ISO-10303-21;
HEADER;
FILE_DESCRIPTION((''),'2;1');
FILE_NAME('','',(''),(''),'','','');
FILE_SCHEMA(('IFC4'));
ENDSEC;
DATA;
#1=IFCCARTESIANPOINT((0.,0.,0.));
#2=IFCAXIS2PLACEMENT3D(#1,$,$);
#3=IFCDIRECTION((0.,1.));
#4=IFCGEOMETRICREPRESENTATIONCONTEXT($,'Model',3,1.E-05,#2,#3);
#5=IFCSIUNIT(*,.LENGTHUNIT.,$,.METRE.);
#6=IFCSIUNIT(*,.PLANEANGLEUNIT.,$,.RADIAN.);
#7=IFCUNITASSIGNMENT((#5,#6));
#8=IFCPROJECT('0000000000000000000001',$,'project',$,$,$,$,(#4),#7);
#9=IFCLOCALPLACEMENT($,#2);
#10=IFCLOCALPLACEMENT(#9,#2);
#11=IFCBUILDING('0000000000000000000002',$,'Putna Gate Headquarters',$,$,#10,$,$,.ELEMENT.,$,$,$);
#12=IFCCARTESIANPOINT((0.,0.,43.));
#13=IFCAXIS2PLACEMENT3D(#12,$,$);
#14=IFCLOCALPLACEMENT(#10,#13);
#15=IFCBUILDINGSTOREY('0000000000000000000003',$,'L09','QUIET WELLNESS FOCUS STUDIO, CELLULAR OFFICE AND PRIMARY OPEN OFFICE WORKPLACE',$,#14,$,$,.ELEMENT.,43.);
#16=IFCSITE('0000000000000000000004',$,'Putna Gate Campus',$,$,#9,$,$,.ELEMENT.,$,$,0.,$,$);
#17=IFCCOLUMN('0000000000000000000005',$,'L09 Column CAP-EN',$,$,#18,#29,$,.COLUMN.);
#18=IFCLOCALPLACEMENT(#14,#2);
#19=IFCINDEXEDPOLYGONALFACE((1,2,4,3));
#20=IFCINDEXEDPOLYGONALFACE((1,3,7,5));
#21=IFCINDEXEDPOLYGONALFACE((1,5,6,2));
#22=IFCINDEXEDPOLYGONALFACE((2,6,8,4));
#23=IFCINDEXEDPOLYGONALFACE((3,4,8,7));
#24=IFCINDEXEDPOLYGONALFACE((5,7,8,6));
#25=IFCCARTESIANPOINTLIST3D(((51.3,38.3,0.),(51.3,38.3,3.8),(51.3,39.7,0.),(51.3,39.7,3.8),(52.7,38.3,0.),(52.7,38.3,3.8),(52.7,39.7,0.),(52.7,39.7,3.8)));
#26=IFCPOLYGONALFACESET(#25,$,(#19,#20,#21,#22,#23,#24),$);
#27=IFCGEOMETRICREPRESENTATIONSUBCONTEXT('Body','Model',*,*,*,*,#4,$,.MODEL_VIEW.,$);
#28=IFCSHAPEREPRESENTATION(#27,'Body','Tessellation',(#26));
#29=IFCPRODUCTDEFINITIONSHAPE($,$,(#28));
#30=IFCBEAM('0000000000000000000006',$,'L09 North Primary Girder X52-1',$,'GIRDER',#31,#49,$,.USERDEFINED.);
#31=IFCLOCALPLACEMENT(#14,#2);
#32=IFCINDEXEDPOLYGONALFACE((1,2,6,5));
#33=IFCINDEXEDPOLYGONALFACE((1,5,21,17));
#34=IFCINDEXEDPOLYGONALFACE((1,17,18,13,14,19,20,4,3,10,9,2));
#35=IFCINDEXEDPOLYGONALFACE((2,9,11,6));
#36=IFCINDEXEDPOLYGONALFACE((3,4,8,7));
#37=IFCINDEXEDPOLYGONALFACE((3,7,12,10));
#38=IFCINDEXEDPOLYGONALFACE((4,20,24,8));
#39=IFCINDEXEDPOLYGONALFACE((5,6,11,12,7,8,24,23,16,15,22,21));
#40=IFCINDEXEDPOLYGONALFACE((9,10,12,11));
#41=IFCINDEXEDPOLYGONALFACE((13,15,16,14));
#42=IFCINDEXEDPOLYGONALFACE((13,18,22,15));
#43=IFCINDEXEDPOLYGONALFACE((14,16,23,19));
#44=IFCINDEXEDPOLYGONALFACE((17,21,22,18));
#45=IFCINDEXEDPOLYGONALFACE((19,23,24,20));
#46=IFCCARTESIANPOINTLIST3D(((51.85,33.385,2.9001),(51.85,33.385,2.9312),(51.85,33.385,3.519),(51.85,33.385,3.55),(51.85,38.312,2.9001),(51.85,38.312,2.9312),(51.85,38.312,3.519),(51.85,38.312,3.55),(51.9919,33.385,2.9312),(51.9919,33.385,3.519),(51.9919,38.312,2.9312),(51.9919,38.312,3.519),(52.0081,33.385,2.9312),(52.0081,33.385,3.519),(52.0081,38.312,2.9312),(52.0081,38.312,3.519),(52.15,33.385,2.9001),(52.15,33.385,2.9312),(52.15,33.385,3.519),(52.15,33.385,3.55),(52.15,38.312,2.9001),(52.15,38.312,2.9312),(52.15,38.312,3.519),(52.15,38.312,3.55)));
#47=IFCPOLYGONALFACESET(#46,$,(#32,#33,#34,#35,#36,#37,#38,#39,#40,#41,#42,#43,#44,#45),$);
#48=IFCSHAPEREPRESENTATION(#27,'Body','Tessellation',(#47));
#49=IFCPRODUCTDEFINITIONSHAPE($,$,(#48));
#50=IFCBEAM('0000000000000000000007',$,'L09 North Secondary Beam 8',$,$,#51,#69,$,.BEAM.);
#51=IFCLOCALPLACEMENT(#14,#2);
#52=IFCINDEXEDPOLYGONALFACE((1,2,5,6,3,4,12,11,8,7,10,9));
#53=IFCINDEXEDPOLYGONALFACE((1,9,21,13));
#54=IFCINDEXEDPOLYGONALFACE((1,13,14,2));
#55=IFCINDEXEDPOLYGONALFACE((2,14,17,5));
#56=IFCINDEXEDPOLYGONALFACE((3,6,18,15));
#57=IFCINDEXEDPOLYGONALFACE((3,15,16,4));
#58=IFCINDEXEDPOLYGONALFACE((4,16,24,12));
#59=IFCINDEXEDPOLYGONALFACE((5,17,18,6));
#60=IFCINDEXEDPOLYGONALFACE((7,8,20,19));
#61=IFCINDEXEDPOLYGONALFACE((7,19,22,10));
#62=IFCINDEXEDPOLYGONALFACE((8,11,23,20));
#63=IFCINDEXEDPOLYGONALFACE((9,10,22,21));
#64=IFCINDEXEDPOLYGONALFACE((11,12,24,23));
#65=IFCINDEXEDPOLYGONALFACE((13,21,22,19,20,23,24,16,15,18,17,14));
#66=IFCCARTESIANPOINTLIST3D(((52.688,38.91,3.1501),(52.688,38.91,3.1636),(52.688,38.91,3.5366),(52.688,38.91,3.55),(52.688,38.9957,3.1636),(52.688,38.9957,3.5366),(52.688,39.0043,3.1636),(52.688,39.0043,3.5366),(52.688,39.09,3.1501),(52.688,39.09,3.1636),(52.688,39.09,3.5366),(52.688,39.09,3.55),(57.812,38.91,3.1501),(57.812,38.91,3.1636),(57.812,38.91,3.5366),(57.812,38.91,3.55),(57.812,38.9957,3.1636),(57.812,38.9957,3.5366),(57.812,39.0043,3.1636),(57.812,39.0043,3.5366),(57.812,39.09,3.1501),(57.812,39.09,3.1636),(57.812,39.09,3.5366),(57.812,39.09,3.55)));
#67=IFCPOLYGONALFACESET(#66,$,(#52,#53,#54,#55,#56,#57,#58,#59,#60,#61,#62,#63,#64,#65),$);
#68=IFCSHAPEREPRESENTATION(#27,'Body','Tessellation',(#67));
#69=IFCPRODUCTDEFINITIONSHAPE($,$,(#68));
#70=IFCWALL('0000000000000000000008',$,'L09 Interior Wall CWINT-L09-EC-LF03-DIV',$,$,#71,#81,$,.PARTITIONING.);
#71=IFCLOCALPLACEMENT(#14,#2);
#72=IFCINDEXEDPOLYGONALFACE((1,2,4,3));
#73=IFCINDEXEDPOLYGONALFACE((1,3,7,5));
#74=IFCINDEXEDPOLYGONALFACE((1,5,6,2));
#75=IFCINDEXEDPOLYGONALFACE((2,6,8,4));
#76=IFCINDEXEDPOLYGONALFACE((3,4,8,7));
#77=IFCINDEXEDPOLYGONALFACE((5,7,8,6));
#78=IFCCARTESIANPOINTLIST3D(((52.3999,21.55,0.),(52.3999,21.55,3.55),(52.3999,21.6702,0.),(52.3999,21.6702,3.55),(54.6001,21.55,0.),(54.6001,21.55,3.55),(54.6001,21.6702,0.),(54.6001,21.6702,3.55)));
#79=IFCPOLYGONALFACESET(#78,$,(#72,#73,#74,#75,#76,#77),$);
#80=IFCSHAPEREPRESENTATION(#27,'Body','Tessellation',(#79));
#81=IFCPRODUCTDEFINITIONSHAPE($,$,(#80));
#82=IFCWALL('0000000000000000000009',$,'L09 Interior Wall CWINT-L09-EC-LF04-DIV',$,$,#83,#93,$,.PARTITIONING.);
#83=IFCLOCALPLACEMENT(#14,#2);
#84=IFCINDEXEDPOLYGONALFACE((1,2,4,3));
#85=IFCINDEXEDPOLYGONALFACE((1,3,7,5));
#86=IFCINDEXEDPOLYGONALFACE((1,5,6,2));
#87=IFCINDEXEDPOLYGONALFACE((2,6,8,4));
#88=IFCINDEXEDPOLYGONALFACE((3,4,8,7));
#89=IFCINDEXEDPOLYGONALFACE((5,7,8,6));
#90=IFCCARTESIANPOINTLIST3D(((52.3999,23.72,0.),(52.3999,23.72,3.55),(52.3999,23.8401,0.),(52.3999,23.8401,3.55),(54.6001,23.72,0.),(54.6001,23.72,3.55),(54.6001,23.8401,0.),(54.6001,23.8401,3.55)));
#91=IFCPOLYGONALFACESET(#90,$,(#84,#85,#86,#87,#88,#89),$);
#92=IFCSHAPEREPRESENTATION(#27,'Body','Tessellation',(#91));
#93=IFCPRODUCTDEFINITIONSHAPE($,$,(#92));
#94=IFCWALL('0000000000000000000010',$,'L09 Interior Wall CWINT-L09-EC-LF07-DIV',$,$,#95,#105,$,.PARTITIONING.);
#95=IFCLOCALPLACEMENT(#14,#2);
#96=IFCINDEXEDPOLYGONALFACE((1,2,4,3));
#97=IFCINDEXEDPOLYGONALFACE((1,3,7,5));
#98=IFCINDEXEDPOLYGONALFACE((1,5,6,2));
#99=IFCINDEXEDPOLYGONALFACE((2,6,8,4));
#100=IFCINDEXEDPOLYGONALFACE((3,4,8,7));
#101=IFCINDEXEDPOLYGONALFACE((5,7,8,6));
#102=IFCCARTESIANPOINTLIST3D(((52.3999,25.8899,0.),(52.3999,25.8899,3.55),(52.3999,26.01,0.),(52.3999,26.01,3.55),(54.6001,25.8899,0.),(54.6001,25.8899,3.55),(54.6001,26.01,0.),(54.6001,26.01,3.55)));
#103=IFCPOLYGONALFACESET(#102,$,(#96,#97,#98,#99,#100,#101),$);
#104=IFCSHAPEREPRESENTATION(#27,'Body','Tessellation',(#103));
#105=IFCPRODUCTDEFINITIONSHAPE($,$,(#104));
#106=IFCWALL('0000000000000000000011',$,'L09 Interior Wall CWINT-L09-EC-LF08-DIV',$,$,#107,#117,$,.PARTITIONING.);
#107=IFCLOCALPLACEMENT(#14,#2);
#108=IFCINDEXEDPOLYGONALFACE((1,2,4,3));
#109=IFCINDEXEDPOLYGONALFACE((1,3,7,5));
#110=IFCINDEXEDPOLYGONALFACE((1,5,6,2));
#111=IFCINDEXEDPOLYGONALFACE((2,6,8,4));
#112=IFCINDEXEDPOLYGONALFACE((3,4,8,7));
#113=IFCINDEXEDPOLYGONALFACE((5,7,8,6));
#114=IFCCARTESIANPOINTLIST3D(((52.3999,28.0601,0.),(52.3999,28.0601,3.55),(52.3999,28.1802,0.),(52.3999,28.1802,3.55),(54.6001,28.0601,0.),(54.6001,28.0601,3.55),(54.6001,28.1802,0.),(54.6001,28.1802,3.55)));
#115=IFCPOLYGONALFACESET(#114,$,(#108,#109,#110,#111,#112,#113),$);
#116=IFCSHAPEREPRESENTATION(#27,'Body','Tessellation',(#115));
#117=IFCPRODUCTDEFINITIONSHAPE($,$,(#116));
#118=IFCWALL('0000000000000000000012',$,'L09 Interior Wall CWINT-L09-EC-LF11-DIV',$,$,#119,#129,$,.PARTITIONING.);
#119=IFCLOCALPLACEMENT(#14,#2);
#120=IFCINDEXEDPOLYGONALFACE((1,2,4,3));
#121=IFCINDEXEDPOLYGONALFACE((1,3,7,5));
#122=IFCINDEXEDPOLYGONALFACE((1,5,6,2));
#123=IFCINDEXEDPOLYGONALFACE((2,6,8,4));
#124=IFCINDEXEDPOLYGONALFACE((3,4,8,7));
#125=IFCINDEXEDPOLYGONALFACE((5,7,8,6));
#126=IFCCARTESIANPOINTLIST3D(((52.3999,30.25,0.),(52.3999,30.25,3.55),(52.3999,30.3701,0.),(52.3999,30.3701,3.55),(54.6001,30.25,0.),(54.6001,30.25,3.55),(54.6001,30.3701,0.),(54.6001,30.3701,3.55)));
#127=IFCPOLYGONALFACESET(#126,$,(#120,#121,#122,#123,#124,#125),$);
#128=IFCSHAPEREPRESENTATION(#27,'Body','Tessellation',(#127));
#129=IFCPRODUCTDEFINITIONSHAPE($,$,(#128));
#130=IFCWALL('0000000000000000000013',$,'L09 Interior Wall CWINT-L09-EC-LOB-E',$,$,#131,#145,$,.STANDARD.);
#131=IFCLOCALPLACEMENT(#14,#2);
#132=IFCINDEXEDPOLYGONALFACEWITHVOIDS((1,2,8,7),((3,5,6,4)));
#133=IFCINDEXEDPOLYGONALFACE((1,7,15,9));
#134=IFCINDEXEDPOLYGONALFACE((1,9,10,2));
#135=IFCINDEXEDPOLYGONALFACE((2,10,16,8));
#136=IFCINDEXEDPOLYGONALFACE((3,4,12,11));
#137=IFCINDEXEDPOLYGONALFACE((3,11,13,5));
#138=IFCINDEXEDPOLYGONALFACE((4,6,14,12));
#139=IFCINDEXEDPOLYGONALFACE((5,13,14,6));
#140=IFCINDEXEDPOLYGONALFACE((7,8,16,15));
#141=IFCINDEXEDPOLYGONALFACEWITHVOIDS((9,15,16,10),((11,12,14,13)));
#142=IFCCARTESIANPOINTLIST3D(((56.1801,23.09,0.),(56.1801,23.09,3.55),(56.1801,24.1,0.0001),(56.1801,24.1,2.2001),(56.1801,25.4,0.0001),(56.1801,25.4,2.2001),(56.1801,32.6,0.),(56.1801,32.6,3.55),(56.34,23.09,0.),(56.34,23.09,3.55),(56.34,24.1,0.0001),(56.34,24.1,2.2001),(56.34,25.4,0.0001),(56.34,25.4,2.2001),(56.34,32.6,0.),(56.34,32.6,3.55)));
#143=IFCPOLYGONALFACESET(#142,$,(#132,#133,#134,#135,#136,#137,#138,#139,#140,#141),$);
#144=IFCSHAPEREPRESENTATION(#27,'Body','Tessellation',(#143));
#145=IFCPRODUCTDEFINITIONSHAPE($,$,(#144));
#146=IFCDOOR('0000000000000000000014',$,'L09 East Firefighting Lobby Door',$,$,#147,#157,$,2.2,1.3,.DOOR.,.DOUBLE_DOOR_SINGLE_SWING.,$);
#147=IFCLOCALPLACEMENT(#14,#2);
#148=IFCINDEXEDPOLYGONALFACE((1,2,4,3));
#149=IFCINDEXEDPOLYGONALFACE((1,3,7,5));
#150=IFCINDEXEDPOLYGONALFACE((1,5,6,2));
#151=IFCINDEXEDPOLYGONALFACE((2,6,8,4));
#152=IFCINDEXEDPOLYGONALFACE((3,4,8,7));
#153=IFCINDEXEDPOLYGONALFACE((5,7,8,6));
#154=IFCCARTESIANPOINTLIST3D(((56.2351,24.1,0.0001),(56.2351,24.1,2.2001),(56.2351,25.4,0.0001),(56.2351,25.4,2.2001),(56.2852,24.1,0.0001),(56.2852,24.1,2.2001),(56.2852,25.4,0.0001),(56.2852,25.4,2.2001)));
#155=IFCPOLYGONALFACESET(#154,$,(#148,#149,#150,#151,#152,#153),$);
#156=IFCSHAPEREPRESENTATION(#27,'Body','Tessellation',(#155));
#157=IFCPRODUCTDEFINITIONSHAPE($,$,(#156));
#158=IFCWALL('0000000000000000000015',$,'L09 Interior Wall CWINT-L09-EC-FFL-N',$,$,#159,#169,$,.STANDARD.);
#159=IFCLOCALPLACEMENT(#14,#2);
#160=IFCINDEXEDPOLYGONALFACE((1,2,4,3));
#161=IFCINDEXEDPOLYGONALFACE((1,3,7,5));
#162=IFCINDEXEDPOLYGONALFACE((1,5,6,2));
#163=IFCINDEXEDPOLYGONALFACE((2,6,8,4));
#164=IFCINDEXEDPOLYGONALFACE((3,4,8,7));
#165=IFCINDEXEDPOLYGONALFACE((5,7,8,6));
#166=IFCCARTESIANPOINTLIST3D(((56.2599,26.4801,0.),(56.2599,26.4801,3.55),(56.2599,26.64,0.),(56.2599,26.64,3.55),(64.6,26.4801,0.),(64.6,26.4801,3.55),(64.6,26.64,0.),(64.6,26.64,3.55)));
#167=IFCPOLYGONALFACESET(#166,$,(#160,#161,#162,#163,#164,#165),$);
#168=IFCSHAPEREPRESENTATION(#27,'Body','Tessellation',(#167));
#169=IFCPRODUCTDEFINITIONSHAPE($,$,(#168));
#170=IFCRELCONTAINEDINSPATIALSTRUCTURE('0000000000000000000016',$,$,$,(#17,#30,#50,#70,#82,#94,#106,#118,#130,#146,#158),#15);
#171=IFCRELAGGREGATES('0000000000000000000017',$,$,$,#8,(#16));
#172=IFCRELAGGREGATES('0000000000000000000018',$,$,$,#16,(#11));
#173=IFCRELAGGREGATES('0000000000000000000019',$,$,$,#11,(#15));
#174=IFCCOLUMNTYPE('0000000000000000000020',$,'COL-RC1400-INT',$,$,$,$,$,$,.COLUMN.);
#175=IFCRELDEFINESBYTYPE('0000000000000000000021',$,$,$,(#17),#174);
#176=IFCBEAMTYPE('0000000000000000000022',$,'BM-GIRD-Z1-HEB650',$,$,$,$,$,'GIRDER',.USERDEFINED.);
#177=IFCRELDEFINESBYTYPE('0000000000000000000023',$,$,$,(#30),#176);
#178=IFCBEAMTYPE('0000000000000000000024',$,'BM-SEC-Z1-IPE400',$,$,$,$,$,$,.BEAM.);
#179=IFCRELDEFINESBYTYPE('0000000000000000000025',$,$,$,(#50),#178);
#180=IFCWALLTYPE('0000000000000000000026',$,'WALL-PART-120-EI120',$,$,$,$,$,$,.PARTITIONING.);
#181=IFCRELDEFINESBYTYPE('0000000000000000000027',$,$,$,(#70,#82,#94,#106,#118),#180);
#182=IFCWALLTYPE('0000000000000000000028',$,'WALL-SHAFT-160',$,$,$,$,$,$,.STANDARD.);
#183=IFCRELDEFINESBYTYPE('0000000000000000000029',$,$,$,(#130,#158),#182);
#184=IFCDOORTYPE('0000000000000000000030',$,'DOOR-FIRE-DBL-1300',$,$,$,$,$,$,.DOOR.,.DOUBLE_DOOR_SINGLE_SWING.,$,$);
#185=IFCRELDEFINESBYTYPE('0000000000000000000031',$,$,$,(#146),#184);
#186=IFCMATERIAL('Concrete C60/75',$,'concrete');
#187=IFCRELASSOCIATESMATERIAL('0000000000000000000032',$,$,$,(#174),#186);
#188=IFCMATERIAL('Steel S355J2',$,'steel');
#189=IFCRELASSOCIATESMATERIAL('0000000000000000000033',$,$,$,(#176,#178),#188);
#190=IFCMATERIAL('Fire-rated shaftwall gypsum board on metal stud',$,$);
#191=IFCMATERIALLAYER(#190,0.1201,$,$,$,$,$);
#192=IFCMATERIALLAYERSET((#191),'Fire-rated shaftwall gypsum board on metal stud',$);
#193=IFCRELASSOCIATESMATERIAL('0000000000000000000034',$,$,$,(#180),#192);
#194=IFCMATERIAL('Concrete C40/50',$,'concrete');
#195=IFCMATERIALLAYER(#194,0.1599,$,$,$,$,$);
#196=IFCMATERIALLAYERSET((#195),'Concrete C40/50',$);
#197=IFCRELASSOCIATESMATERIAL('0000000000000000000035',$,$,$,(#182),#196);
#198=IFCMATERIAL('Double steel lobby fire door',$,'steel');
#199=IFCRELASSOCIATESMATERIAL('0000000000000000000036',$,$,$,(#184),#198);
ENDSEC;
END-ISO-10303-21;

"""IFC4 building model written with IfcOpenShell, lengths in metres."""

from ifc_helpers import new_model, si_unit, direction, frame, frame_2d, origin, origin_2d, place, context, subcontext, project, spatial, rectangle, i_section, extrude, material, layer, layer_set, material_profile, profile_set, type_object, element, fill, save


model = new_model("IFC4")

# Units and contexts
model_context = context("Model", 3, precision=1e-05, world=origin(), true_north=direction((0.0, 1.0)))
body_context = subcontext(model_context, "Body", "Model", "MODEL_VIEW")
ifc_project = project(units=[si_unit("LENGTHUNIT", "METRE"), si_unit("PLANEANGLEUNIT", "RADIAN")], contexts=[model_context])

# Site, building, storey
site_placement = place(None, origin())
site = spatial("IfcSite", under=ifc_project, at=site_placement, Name="Putna Gate Campus", CompositionType="ELEMENT", RefElevation=0.0)
building_placement = place(site_placement, origin())
building = spatial("IfcBuilding", under=site, at=building_placement, Name="Putna Gate Headquarters", CompositionType="ELEMENT")
storey_placement = place(building_placement, frame((0.0, 0.0, 43.0)))
storey = spatial("IfcBuildingStorey", under=building, at=storey_placement, Name="L09", Description="QUIET WELLNESS FOCUS STUDIO, CELLULAR OFFICE AND PRIMARY OPEN OFFICE WORKPLACE", CompositionType="ELEMENT", Elevation=43.0)

# Column
ifc_material_1 = material(Name="Concrete C60/75", Category="concrete")
ifc_material_profile_1 = material_profile(ifc_material_1, rectangle(XDim=1.3999, YDim=1.3999, at=origin_2d()), Name="Concrete C60/75")
ifc_profile_set_1 = profile_set([ifc_material_profile_1], Name="Concrete C60/75")
column_type = type_object("IfcColumnType", Name="COL-RC1400-INT", PredefinedType="COLUMN", material=ifc_profile_set_1)
column_placement = place(storey_placement, frame((52.0, 39.0, 0.0), z_axis=(0.0, 0.0, 1.0), x_axis=(1.0, 0.0, 0.0)))
element("IfcColumn", 1, at=column_placement, inside=storey, type_object=column_type, Name="L09 Column CAP-EN", PredefinedType="COLUMN", context=body_context, shape_type="SweptSolid", body=[
    extrude(rectangle(XDim=1.3999, YDim=1.3999, at=origin_2d()), origin(), (0.0, 0.0, 1.0), 3.8),
])

# Beams
ifc_material_2 = material(Name="Steel S355J2", Category="steel")
ifc_material_profile_2 = material_profile(ifc_material_2, i_section(OverallWidth=0.3, OverallDepth=0.6499, WebThickness=0.0161, FlangeThickness=0.031, at=origin_2d()), Name="Steel S355J2")
ifc_profile_set_2 = profile_set([ifc_material_profile_2], Name="Steel S355J2")
beam_type_1 = type_object("IfcBeamType", Name="BM-GIRD-Z1-HEB650", ElementType="GIRDER", PredefinedType="USERDEFINED", material=ifc_profile_set_2)
beam_1_placement = place(storey_placement, frame((52.0, 33.385, 3.2251), z_axis=(0.0, 1.0, 0.0), x_axis=(-1.0, 0.0, 0.0)))
element("IfcBeam", 2, at=beam_1_placement, inside=storey, type_object=beam_type_1, Name="L09 North Primary Girder X52-1", ObjectType="GIRDER", PredefinedType="USERDEFINED", context=body_context, shape_type="SweptSolid", body=[
    extrude(i_section(OverallWidth=0.3, OverallDepth=0.6499, WebThickness=0.0161, FlangeThickness=0.031, at=origin_2d()), origin(), (0.0, 0.0, 1.0), 4.927),
])
ifc_material_profile_3 = material_profile(ifc_material_2, i_section(OverallWidth=0.1799, OverallDepth=0.3999, WebThickness=0.0085, FlangeThickness=0.0134, at=origin_2d()), Name="Steel S355J2")
ifc_profile_set_3 = profile_set([ifc_material_profile_3], Name="Steel S355J2")
beam_type_2 = type_object("IfcBeamType", Name="BM-SEC-Z1-IPE400", PredefinedType="BEAM", material=ifc_profile_set_3)
beam_2_placement = place(storey_placement, frame((52.688, 39.0, 3.3501), z_axis=(1.0, 0.0, 0.0), x_axis=(0.0, 1.0, 0.0)))
element("IfcBeam", 3, at=beam_2_placement, inside=storey, type_object=beam_type_2, Name="L09 North Secondary Beam 8", PredefinedType="BEAM", context=body_context, shape_type="SweptSolid", body=[
    extrude(i_section(OverallWidth=0.1799, OverallDepth=0.3999, WebThickness=0.0085, FlangeThickness=0.0134, at=origin_2d()), origin(), (0.0, 0.0, 1.0), 5.124),
])

# Walls
ifc_material_3 = material(Name="Fire-rated shaftwall gypsum board on metal stud")
ifc_layer_1 = layer(ifc_material_3, 0.1201)
ifc_layer_set_1 = layer_set([ifc_layer_1], Name="Fire-rated shaftwall gypsum board on metal stud")
wall_type_1 = type_object("IfcWallType", Name="WALL-PART-120-EI120", PredefinedType="PARTITIONING", material=ifc_layer_set_1)
for number, where, z_axis, x_axis, name in (
    (4, (52.3999, 21.6101, 0.0), (0.0, 0.0, 1.0), (1.0, 0.0, 0.0), "L09 Interior Wall CWINT-L09-EC-LF03-DIV"),
    (5, (52.3999, 23.78, 0.0), (0.0, 0.0, 1.0), (1.0, 0.0, 0.0), "L09 Interior Wall CWINT-L09-EC-LF04-DIV"),
    (6, (52.3999, 25.95, 0.0), (0.0, 0.0, 1.0), (1.0, 0.0, 0.0), "L09 Interior Wall CWINT-L09-EC-LF07-DIV"),
    (7, (52.3999, 28.1201, 0.0), (0.0, 0.0, 1.0), (1.0, 0.0, 0.0), "L09 Interior Wall CWINT-L09-EC-LF08-DIV"),
    (8, (52.3999, 30.3101, 0.0), (0.0, 0.0, 1.0), (1.0, 0.0, 0.0), "L09 Interior Wall CWINT-L09-EC-LF11-DIV"),
):
    element("IfcWall", number, at=place(storey_placement, frame(where, z_axis=z_axis, x_axis=x_axis)), inside=storey, type_object=wall_type_1, Name=name, PredefinedType="PARTITIONING", context=body_context, shape_type="SweptSolid", body=[
        extrude(rectangle(XDim=2.2002, YDim=0.1201, at=frame_2d((1.1001, 0.0))), origin(), (0.0, 0.0, 1.0), 3.55),
    ])

# Wall, opening, door
ifc_material_4 = material(Name="Concrete C40/50", Category="concrete")
ifc_layer_2 = layer(ifc_material_4, 0.1599)
ifc_layer_set_2 = layer_set([ifc_layer_2], Name="Concrete C40/50")
wall_type_2 = type_object("IfcWallType", Name="WALL-SHAFT-160", PredefinedType="STANDARD", material=ifc_layer_set_2)
wall_1_placement = place(storey_placement, frame((56.26, 23.0901, 0.0), z_axis=(0.0, 0.0, 1.0), x_axis=(0.0, 1.0, 0.0)))
wall_1 = element("IfcWall", 9, at=wall_1_placement, inside=storey, type_object=wall_type_2, Name="L09 Interior Wall CWINT-L09-EC-LOB-E", PredefinedType="STANDARD", context=body_context, shape_type="SweptSolid", body=[
    extrude(rectangle(XDim=9.51, YDim=0.1599, at=frame_2d((4.7549, 0.0))), origin(), (0.0, 0.0, 1.0), 3.55),
])
opening_1_placement = place(wall_1_placement, frame((1.01, 0.0, 0.0)))
opening_1 = element("IfcOpeningElement", 10, at=opening_1_placement, cuts=wall_1, PredefinedType="OPENING", context=body_context, shape_type="SweptSolid", body=[
    extrude(rectangle(XDim=1.3, YDim=2.2, at=frame_2d((0.6499, 1.1001))), frame((0.0, 0.0898, 0.0), z_axis=(0.0, -1.0, 0.0), x_axis=(1.0, 0.0, 0.0)), (0.0, 0.0, 1.0), 0.1799),
])
ifc_material_5 = material(Name="Double steel lobby fire door", Category="steel")
door_type_1 = type_object("IfcDoorType", Name="DOOR-FIRE-DBL-1300", OperationType="DOUBLE_DOOR_SINGLE_SWING", PredefinedType="DOOR", material=ifc_material_5)
door_1_placement = place(opening_1_placement, origin())
door_1 = element("IfcDoor", 11, at=door_1_placement, inside=storey, type_object=door_type_1, Name="L09 East Firefighting Lobby Door", OperationType="DOUBLE_DOOR_SINGLE_SWING", OverallHeight=2.2, OverallWidth=1.3, PredefinedType="DOOR", context=body_context, shape_type="SweptSolid", body=[
    extrude(rectangle(XDim=1.3, YDim=2.2, at=frame_2d((0.6499, 1.1001))), frame((0.0, 0.0249, 0.0), z_axis=(0.0, -1.0, 0.0), x_axis=(1.0, 0.0, 0.0)), (0.0, 0.0, 1.0), 0.05),
])
fill(opening_1, door_1)

# Wall
wall_2_placement = place(storey_placement, frame((56.26, 26.5601, 0.0), z_axis=(0.0, 0.0, 1.0), x_axis=(1.0, 0.0, 0.0)))
element("IfcWall", 12, at=wall_2_placement, inside=storey, type_object=wall_type_2, Name="L09 Interior Wall CWINT-L09-EC-FFL-N", PredefinedType="STANDARD", context=body_context, shape_type="SweptSolid", body=[
    extrude(rectangle(XDim=8.3401, YDim=0.1599, at=frame_2d((4.1699, 0.0))), origin(), (0.0, 0.0, 1.0), 3.55),
])

save(model, "model.ifc")
